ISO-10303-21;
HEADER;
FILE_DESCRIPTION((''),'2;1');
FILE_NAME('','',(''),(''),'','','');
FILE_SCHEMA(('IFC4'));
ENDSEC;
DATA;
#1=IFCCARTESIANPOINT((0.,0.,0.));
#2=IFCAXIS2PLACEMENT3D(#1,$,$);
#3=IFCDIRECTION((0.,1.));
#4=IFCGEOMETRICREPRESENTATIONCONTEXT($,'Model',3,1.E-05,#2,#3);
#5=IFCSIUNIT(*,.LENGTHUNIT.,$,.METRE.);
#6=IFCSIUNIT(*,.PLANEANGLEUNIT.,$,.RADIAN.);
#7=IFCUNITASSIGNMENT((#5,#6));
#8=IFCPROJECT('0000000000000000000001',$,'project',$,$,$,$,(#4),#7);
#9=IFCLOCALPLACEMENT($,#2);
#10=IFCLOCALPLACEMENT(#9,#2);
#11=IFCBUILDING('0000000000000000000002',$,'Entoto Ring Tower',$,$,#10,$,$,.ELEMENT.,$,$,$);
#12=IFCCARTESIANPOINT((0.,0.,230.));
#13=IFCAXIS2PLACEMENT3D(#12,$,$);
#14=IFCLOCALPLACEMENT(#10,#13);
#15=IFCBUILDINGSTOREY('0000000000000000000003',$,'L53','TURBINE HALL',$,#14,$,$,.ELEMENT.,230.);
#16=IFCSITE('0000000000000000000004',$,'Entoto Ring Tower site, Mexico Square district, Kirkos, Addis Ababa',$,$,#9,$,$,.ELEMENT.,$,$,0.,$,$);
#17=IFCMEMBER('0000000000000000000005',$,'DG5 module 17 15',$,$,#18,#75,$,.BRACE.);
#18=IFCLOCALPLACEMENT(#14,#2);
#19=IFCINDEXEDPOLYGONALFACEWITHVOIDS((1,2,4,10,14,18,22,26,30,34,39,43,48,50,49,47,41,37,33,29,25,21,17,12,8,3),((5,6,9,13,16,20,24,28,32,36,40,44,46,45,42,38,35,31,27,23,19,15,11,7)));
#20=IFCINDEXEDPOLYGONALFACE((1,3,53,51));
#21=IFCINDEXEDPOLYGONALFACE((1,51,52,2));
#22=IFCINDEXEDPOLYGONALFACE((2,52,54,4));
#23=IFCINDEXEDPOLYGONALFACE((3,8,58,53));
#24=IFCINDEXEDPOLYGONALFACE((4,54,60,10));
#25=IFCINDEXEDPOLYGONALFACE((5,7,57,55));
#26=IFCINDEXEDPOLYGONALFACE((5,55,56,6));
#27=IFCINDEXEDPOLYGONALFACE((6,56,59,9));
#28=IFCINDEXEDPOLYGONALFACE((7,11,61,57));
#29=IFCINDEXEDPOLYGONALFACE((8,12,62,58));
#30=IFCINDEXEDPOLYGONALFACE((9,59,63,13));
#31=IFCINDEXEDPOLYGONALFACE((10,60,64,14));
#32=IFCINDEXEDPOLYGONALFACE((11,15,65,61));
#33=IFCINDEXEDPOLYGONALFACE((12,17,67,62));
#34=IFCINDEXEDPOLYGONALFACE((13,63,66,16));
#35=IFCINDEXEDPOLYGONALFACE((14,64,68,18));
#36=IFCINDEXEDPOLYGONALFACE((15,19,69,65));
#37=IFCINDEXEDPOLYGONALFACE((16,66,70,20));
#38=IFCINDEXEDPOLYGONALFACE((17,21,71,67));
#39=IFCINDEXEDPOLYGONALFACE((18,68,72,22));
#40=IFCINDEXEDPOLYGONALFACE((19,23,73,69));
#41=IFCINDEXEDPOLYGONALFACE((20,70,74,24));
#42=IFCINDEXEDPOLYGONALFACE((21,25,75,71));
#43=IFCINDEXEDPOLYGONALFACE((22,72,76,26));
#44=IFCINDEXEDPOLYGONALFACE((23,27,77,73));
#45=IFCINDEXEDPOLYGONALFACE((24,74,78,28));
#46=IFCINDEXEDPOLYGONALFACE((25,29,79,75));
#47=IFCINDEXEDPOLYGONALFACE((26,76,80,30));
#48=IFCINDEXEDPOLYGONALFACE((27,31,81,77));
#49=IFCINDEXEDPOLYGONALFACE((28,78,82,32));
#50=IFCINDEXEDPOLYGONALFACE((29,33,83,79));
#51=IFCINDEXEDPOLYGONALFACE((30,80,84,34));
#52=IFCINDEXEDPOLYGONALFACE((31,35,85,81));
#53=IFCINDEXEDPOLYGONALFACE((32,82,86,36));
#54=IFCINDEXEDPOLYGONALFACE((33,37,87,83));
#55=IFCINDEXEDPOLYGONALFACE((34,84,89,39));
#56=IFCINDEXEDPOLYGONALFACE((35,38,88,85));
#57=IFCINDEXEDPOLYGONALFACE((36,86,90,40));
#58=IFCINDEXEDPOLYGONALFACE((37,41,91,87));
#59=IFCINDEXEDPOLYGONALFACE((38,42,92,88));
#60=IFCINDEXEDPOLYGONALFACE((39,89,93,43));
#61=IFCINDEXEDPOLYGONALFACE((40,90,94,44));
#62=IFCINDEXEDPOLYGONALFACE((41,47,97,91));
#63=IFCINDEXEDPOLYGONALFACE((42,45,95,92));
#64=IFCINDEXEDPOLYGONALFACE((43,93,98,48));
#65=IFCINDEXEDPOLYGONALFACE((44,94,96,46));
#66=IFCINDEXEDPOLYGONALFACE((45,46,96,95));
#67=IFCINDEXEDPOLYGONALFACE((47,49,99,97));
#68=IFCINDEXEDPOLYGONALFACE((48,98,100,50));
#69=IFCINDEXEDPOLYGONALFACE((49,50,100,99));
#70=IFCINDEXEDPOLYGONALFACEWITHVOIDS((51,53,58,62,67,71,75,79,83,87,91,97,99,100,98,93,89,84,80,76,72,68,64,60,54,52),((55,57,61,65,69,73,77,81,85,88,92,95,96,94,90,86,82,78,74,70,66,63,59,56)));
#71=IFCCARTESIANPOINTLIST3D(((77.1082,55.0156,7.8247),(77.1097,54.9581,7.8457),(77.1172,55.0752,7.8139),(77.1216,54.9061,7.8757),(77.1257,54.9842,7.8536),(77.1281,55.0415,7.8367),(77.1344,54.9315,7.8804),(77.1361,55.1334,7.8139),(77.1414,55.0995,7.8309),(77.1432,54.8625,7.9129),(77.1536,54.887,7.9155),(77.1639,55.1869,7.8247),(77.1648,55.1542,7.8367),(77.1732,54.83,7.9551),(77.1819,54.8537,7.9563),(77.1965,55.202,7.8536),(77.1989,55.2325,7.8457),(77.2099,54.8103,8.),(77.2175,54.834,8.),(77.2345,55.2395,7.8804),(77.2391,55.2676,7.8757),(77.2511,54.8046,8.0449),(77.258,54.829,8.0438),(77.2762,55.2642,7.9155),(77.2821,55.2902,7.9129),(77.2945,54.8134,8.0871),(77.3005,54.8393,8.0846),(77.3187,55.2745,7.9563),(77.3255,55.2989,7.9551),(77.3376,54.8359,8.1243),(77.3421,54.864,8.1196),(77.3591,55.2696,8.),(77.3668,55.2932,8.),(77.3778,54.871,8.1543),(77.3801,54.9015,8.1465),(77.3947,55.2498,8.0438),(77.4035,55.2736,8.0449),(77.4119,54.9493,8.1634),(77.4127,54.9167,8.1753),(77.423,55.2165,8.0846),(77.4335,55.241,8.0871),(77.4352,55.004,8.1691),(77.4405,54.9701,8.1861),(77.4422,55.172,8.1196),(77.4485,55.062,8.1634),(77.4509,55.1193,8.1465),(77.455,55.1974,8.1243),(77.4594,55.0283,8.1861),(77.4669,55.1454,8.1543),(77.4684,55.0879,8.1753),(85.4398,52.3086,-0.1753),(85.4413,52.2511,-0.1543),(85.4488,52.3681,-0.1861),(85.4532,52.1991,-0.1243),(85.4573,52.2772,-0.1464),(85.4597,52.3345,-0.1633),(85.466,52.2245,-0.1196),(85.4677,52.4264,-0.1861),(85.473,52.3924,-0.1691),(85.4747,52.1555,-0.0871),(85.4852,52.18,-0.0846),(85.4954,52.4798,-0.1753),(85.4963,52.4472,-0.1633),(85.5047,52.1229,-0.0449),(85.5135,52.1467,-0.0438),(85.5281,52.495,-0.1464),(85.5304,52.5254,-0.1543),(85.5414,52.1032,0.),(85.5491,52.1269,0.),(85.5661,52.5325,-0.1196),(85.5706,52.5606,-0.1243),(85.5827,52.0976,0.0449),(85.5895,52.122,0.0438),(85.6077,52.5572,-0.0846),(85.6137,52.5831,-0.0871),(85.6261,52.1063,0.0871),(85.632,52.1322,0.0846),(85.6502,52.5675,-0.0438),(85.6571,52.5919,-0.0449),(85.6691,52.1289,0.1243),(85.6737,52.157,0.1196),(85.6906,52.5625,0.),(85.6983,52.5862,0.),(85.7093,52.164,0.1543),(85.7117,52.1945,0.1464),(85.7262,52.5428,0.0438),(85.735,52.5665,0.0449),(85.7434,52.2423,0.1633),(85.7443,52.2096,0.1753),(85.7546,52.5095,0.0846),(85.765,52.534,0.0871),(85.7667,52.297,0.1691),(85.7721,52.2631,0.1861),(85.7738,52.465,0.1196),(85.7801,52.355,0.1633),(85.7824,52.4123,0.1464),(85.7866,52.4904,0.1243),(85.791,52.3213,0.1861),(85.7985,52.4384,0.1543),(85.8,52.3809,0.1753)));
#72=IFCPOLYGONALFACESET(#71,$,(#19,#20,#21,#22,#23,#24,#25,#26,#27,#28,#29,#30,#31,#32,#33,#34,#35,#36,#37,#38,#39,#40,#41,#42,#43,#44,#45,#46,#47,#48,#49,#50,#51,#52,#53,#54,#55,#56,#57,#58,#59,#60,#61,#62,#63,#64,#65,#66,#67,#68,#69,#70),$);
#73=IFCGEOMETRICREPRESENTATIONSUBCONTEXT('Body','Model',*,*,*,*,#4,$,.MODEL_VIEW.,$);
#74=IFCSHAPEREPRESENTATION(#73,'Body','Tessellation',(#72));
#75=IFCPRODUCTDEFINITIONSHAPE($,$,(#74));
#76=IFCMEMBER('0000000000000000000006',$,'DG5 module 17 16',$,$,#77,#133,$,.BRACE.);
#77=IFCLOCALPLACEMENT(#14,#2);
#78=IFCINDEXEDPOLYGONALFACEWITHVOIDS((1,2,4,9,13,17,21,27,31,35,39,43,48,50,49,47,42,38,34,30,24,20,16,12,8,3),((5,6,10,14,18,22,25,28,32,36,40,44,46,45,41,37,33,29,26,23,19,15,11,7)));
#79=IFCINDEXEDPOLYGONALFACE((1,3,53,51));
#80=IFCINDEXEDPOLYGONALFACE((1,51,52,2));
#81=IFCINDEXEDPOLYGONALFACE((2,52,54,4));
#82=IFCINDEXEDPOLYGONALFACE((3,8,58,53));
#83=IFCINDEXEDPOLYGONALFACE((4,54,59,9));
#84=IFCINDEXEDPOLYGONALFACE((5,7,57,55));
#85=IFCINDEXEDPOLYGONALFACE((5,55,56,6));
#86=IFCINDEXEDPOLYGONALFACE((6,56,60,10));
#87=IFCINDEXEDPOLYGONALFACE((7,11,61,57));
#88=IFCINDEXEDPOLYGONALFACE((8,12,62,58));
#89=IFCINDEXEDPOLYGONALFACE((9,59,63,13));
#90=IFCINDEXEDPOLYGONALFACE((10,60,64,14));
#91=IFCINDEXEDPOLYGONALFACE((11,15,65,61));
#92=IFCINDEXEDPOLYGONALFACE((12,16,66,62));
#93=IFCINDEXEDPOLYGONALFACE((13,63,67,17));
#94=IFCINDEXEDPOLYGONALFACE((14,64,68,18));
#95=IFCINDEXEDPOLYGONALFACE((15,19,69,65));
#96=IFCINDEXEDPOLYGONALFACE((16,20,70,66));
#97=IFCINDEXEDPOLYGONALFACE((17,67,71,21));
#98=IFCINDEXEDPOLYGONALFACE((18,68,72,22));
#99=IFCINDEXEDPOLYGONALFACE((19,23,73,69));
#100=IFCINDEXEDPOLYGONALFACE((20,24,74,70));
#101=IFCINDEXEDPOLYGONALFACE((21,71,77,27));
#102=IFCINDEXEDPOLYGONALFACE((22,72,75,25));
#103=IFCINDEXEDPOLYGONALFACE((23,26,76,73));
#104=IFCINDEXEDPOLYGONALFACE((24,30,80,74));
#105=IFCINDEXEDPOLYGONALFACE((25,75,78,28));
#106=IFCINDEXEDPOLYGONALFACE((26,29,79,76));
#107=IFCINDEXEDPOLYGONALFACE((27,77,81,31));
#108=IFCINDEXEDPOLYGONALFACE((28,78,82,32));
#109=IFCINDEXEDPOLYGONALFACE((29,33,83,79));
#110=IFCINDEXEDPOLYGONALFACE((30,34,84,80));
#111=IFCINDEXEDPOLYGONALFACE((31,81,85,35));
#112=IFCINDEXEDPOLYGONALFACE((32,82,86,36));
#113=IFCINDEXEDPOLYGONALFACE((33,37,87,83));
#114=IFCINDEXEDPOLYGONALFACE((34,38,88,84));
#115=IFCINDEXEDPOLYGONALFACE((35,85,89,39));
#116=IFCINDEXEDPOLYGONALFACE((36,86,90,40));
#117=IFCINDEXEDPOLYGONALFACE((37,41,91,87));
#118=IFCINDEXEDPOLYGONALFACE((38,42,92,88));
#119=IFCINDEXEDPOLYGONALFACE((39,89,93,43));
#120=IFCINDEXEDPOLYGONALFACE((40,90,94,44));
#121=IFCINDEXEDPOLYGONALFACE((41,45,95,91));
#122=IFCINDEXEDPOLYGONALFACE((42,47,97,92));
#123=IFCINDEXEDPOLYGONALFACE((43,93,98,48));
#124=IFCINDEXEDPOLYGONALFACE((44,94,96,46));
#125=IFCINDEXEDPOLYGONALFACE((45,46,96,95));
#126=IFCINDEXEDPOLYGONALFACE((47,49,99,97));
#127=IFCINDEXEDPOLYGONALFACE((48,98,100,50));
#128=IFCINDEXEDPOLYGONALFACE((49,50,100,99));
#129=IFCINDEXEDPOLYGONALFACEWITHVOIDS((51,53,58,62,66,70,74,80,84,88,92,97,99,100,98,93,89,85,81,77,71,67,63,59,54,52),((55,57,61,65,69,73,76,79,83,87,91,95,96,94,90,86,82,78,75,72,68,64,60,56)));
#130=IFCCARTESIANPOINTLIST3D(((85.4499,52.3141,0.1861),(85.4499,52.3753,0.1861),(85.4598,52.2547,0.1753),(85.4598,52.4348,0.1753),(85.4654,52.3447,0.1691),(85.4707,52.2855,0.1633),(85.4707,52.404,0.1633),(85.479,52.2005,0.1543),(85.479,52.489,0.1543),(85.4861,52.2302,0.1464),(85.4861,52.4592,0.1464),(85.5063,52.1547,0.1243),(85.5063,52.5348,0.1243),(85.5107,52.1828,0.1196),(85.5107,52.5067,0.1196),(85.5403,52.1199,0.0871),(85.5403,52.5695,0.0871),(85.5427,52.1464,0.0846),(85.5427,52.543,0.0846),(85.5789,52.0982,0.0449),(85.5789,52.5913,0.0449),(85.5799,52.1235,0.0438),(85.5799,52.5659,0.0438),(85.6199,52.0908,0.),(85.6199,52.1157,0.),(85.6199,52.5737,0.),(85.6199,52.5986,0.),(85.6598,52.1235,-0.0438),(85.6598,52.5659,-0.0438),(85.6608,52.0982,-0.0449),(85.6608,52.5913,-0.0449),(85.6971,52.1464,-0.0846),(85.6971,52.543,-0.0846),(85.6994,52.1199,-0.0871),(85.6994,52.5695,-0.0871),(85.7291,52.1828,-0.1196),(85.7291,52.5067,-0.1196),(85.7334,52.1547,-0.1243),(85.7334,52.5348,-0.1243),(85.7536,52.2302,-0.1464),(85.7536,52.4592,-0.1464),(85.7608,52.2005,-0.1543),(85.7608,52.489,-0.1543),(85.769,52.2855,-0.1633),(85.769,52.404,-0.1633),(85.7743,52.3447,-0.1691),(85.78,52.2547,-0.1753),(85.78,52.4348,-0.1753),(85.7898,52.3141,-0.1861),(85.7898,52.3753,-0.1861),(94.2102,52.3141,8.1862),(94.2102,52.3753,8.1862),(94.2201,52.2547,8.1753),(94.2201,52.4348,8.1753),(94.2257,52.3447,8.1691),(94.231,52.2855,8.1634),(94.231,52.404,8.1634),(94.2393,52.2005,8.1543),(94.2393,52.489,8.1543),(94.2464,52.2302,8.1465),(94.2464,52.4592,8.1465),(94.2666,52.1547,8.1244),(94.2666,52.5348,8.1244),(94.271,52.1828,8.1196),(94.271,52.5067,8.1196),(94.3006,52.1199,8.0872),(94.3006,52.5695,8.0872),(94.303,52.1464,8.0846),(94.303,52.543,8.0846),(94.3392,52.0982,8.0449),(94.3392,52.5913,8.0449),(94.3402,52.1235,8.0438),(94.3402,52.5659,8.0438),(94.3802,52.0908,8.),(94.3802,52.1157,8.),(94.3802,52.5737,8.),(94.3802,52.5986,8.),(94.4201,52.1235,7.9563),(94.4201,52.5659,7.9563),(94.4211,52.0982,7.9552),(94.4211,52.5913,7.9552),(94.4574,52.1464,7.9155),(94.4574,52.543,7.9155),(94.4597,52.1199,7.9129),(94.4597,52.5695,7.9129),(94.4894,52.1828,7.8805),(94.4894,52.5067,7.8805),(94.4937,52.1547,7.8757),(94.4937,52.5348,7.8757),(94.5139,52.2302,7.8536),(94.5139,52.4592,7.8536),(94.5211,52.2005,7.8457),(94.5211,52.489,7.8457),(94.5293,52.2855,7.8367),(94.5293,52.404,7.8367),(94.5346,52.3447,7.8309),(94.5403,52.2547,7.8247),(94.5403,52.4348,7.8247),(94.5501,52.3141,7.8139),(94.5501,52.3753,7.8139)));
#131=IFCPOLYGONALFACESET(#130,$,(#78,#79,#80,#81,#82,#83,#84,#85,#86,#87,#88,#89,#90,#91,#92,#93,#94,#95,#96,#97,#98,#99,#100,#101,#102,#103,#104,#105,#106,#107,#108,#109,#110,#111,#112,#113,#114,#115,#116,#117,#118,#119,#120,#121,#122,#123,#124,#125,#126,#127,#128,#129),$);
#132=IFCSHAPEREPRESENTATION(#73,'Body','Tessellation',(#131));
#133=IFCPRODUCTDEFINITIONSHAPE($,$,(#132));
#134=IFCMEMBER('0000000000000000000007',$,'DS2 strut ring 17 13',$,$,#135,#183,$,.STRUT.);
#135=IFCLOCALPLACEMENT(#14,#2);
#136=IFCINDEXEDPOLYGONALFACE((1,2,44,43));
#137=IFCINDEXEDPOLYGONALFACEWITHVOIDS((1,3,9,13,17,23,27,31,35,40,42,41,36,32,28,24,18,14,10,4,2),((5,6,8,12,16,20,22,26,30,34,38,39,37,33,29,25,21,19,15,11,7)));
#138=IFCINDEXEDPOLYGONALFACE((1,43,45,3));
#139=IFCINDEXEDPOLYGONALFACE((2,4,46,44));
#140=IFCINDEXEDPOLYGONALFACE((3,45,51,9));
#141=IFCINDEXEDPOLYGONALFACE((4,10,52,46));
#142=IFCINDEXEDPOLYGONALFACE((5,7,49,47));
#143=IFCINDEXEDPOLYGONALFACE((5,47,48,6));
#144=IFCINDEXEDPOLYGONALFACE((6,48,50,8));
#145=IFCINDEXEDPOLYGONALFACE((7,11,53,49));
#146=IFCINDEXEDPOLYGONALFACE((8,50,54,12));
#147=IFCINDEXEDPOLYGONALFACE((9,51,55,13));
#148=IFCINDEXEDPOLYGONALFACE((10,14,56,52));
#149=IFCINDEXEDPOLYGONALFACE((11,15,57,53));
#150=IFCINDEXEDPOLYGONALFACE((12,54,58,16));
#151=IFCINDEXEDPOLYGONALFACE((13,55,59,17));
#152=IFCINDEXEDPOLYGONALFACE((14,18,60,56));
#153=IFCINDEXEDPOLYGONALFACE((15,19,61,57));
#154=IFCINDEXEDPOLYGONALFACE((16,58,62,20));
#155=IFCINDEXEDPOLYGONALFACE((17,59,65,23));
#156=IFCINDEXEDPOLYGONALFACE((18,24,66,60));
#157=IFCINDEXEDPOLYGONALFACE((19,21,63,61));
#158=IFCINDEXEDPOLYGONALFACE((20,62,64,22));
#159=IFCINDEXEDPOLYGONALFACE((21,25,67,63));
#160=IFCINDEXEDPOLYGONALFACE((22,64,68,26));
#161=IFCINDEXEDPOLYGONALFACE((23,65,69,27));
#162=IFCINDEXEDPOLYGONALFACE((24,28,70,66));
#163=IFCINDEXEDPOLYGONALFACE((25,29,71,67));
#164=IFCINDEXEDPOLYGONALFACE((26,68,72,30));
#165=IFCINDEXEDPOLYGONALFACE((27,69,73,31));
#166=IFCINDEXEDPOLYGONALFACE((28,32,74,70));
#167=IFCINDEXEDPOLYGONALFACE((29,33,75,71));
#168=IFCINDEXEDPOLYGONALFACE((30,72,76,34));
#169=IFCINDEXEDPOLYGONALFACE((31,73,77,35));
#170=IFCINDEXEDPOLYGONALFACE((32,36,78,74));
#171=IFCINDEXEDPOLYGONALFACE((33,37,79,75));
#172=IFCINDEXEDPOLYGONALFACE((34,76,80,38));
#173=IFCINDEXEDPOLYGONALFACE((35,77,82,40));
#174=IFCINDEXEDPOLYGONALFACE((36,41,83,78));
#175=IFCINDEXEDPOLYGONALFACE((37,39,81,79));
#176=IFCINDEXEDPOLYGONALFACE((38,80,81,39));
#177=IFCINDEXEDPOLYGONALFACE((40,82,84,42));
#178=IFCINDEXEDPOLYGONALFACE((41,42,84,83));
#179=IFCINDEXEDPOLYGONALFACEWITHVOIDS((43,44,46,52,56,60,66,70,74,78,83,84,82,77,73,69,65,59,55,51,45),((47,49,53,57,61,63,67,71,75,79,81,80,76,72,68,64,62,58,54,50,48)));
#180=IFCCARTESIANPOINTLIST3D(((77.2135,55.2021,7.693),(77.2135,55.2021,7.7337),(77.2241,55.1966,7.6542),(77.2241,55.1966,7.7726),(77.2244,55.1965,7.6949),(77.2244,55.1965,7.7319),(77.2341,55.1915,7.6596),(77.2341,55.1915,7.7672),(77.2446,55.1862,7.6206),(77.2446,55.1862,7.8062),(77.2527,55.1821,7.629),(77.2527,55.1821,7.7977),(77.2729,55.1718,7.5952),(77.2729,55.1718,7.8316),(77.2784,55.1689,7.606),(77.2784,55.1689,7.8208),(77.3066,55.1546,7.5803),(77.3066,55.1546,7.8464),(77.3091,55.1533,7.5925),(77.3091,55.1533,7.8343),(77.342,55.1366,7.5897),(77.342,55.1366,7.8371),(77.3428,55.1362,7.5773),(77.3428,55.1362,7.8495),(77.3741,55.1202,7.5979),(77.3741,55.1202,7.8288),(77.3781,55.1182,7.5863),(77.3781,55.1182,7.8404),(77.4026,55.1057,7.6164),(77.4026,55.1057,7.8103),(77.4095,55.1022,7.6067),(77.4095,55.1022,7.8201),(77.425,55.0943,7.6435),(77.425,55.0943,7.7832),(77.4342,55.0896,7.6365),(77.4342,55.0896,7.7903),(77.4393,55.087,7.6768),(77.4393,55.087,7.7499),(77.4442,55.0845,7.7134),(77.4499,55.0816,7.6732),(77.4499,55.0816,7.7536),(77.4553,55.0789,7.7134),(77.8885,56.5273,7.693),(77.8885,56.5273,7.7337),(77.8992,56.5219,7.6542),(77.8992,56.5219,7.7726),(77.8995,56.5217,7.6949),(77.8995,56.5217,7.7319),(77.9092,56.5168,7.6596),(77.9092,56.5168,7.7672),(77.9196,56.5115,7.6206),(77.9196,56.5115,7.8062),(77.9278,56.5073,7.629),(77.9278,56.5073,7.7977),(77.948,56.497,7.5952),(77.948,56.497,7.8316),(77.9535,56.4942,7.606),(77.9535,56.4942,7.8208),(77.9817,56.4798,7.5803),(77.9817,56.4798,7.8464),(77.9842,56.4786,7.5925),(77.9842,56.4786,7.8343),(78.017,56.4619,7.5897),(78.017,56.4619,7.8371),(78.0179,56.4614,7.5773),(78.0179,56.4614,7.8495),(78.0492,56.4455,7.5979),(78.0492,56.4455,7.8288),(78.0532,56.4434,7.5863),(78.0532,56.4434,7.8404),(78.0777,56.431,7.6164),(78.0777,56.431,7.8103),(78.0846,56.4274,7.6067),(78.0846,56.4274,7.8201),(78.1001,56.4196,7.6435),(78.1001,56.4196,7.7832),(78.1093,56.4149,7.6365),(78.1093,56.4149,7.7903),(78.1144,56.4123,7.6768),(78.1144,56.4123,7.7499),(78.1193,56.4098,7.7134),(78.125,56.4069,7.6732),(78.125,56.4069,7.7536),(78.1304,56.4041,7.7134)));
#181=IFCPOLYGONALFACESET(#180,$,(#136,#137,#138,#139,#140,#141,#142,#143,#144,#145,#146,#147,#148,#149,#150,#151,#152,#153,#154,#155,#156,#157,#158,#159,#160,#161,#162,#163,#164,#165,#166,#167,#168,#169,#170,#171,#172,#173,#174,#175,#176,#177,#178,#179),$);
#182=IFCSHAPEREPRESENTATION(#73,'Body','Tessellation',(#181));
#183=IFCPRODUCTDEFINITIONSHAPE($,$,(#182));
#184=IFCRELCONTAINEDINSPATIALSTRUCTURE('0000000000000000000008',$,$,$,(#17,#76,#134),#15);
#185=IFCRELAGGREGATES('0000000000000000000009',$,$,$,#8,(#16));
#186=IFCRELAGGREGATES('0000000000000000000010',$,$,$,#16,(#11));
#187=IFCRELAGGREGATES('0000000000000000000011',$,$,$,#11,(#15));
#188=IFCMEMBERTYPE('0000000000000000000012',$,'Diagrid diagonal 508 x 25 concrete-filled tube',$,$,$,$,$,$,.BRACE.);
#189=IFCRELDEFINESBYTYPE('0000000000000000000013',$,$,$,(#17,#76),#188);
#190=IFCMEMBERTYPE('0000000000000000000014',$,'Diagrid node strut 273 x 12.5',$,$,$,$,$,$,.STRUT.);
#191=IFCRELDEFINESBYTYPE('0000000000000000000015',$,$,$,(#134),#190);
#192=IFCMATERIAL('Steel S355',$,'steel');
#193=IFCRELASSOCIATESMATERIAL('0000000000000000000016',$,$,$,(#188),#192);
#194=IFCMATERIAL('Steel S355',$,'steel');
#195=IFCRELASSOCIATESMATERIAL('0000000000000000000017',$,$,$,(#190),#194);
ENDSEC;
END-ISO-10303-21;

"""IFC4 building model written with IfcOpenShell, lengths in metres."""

from ifc_helpers import new_model, si_unit, direction, frame, origin, origin_2d, place, context, subcontext, project, spatial, circle, hollow_circle, extrude, material, material_profile, profile_set, type_object, element, save


model = new_model("IFC4")

# Units and contexts
model_context = context("Model", 3, precision=1e-05, world=origin(), true_north=direction((0.0, 1.0)))
body_context = subcontext(model_context, "Body", "Model", "MODEL_VIEW")
ifc_project = project(units=[si_unit("LENGTHUNIT", "METRE"), si_unit("PLANEANGLEUNIT", "RADIAN")], contexts=[model_context])

# Site, building, storey
site_placement = place(None, origin())
site = spatial("IfcSite", under=ifc_project, at=site_placement, Name="Entoto Ring Tower site, Mexico Square district, Kirkos, Addis Ababa", CompositionType="ELEMENT", RefElevation=0.0)
building_placement = place(site_placement, origin())
building = spatial("IfcBuilding", under=site, at=building_placement, Name="Entoto Ring Tower", CompositionType="ELEMENT")
storey_placement = place(building_placement, frame((0.0, 0.0, 230.0)))
storey = spatial("IfcBuildingStorey", under=building, at=storey_placement, Name="L53", Description="TURBINE HALL", CompositionType="ELEMENT", Elevation=230.0)

# Members
ifc_material_1 = material(Name="Steel S355", Category="steel")
ifc_material_profile_1 = material_profile(ifc_material_1, hollow_circle(Radius=0.2539, WallThickness=0.0249, at=origin_2d()), Name="CHS 508 x 25")
ifc_material_2 = material(Name="Concrete C60/75", Category="concrete")
ifc_material_profile_2 = material_profile(ifc_material_2, circle(Radius=0.229, at=origin_2d()), Name="Concrete C60/75 infill")
ifc_profile_set_1 = profile_set([ifc_material_profile_1, ifc_material_profile_2], Name="Steel S355")
member_type_1 = type_object("IfcMemberType", Name="Diagrid diagonal 508 x 25 concrete-filled tube", PredefinedType="BRACE", material=ifc_profile_set_1)
for number, where, z_axis, x_axis, name in (
    (1, (85.6199, 52.3447, 0.0), (-0.702284, 0.228182, 0.674337), (-0.309012, -0.951058, 0.0), "DG5 module 17 15"),
    (2, (85.6199, 52.3447, 0.0), (0.738422, 0.0, 0.674339), (0.0, 1.0, 0.0), "DG5 module 17 16"),
):
    element("IfcMember", number, at=place(storey_placement, frame(where, z_axis=z_axis, x_axis=x_axis)), inside=storey, type_object=member_type_1, Name=name, PredefinedType="BRACE", context=body_context, shape_type="SweptSolid", body=[
        extrude(hollow_circle(Radius=0.2539, WallThickness=0.0249, at=origin_2d()), origin(), (0.0, 0.0, 1.0), 11.8635),
    ])
ifc_material_3 = material(Name="Steel S355", Category="steel")
ifc_material_profile_3 = material_profile(ifc_material_3, hollow_circle(Radius=0.1365, WallThickness=0.0125, at=origin_2d()), Name="CHS 273 x 12.5")
ifc_material_4 = material(Name="Concrete C60/75", Category="concrete")
ifc_material_profile_4 = material_profile(ifc_material_4, circle(Radius=0.124, at=origin_2d()), Name="Concrete C60/75 infill")
ifc_profile_set_2 = profile_set([ifc_material_profile_3, ifc_material_profile_4], Name="Steel S355")
member_type_2 = type_object("IfcMemberType", Name="Diagrid node strut 273 x 12.5", PredefinedType="STRUT", material=ifc_profile_set_2)
member_1_placement = place(storey_placement, frame((78.0088, 56.4661, 7.7134), z_axis=(-0.453899, -0.891053, 0.0), x_axis=(0.891053, -0.453899, 0.0)))
element("IfcMember", 3, at=member_1_placement, inside=storey, type_object=member_type_2, Name="DS2 strut ring 17 13", PredefinedType="STRUT", context=body_context, shape_type="SweptSolid", body=[
    extrude(hollow_circle(Radius=0.1365, WallThickness=0.0125, at=origin_2d()), origin(), (0.0, 0.0, 1.0), 1.4873),
])

save(model, "model.ifc")
